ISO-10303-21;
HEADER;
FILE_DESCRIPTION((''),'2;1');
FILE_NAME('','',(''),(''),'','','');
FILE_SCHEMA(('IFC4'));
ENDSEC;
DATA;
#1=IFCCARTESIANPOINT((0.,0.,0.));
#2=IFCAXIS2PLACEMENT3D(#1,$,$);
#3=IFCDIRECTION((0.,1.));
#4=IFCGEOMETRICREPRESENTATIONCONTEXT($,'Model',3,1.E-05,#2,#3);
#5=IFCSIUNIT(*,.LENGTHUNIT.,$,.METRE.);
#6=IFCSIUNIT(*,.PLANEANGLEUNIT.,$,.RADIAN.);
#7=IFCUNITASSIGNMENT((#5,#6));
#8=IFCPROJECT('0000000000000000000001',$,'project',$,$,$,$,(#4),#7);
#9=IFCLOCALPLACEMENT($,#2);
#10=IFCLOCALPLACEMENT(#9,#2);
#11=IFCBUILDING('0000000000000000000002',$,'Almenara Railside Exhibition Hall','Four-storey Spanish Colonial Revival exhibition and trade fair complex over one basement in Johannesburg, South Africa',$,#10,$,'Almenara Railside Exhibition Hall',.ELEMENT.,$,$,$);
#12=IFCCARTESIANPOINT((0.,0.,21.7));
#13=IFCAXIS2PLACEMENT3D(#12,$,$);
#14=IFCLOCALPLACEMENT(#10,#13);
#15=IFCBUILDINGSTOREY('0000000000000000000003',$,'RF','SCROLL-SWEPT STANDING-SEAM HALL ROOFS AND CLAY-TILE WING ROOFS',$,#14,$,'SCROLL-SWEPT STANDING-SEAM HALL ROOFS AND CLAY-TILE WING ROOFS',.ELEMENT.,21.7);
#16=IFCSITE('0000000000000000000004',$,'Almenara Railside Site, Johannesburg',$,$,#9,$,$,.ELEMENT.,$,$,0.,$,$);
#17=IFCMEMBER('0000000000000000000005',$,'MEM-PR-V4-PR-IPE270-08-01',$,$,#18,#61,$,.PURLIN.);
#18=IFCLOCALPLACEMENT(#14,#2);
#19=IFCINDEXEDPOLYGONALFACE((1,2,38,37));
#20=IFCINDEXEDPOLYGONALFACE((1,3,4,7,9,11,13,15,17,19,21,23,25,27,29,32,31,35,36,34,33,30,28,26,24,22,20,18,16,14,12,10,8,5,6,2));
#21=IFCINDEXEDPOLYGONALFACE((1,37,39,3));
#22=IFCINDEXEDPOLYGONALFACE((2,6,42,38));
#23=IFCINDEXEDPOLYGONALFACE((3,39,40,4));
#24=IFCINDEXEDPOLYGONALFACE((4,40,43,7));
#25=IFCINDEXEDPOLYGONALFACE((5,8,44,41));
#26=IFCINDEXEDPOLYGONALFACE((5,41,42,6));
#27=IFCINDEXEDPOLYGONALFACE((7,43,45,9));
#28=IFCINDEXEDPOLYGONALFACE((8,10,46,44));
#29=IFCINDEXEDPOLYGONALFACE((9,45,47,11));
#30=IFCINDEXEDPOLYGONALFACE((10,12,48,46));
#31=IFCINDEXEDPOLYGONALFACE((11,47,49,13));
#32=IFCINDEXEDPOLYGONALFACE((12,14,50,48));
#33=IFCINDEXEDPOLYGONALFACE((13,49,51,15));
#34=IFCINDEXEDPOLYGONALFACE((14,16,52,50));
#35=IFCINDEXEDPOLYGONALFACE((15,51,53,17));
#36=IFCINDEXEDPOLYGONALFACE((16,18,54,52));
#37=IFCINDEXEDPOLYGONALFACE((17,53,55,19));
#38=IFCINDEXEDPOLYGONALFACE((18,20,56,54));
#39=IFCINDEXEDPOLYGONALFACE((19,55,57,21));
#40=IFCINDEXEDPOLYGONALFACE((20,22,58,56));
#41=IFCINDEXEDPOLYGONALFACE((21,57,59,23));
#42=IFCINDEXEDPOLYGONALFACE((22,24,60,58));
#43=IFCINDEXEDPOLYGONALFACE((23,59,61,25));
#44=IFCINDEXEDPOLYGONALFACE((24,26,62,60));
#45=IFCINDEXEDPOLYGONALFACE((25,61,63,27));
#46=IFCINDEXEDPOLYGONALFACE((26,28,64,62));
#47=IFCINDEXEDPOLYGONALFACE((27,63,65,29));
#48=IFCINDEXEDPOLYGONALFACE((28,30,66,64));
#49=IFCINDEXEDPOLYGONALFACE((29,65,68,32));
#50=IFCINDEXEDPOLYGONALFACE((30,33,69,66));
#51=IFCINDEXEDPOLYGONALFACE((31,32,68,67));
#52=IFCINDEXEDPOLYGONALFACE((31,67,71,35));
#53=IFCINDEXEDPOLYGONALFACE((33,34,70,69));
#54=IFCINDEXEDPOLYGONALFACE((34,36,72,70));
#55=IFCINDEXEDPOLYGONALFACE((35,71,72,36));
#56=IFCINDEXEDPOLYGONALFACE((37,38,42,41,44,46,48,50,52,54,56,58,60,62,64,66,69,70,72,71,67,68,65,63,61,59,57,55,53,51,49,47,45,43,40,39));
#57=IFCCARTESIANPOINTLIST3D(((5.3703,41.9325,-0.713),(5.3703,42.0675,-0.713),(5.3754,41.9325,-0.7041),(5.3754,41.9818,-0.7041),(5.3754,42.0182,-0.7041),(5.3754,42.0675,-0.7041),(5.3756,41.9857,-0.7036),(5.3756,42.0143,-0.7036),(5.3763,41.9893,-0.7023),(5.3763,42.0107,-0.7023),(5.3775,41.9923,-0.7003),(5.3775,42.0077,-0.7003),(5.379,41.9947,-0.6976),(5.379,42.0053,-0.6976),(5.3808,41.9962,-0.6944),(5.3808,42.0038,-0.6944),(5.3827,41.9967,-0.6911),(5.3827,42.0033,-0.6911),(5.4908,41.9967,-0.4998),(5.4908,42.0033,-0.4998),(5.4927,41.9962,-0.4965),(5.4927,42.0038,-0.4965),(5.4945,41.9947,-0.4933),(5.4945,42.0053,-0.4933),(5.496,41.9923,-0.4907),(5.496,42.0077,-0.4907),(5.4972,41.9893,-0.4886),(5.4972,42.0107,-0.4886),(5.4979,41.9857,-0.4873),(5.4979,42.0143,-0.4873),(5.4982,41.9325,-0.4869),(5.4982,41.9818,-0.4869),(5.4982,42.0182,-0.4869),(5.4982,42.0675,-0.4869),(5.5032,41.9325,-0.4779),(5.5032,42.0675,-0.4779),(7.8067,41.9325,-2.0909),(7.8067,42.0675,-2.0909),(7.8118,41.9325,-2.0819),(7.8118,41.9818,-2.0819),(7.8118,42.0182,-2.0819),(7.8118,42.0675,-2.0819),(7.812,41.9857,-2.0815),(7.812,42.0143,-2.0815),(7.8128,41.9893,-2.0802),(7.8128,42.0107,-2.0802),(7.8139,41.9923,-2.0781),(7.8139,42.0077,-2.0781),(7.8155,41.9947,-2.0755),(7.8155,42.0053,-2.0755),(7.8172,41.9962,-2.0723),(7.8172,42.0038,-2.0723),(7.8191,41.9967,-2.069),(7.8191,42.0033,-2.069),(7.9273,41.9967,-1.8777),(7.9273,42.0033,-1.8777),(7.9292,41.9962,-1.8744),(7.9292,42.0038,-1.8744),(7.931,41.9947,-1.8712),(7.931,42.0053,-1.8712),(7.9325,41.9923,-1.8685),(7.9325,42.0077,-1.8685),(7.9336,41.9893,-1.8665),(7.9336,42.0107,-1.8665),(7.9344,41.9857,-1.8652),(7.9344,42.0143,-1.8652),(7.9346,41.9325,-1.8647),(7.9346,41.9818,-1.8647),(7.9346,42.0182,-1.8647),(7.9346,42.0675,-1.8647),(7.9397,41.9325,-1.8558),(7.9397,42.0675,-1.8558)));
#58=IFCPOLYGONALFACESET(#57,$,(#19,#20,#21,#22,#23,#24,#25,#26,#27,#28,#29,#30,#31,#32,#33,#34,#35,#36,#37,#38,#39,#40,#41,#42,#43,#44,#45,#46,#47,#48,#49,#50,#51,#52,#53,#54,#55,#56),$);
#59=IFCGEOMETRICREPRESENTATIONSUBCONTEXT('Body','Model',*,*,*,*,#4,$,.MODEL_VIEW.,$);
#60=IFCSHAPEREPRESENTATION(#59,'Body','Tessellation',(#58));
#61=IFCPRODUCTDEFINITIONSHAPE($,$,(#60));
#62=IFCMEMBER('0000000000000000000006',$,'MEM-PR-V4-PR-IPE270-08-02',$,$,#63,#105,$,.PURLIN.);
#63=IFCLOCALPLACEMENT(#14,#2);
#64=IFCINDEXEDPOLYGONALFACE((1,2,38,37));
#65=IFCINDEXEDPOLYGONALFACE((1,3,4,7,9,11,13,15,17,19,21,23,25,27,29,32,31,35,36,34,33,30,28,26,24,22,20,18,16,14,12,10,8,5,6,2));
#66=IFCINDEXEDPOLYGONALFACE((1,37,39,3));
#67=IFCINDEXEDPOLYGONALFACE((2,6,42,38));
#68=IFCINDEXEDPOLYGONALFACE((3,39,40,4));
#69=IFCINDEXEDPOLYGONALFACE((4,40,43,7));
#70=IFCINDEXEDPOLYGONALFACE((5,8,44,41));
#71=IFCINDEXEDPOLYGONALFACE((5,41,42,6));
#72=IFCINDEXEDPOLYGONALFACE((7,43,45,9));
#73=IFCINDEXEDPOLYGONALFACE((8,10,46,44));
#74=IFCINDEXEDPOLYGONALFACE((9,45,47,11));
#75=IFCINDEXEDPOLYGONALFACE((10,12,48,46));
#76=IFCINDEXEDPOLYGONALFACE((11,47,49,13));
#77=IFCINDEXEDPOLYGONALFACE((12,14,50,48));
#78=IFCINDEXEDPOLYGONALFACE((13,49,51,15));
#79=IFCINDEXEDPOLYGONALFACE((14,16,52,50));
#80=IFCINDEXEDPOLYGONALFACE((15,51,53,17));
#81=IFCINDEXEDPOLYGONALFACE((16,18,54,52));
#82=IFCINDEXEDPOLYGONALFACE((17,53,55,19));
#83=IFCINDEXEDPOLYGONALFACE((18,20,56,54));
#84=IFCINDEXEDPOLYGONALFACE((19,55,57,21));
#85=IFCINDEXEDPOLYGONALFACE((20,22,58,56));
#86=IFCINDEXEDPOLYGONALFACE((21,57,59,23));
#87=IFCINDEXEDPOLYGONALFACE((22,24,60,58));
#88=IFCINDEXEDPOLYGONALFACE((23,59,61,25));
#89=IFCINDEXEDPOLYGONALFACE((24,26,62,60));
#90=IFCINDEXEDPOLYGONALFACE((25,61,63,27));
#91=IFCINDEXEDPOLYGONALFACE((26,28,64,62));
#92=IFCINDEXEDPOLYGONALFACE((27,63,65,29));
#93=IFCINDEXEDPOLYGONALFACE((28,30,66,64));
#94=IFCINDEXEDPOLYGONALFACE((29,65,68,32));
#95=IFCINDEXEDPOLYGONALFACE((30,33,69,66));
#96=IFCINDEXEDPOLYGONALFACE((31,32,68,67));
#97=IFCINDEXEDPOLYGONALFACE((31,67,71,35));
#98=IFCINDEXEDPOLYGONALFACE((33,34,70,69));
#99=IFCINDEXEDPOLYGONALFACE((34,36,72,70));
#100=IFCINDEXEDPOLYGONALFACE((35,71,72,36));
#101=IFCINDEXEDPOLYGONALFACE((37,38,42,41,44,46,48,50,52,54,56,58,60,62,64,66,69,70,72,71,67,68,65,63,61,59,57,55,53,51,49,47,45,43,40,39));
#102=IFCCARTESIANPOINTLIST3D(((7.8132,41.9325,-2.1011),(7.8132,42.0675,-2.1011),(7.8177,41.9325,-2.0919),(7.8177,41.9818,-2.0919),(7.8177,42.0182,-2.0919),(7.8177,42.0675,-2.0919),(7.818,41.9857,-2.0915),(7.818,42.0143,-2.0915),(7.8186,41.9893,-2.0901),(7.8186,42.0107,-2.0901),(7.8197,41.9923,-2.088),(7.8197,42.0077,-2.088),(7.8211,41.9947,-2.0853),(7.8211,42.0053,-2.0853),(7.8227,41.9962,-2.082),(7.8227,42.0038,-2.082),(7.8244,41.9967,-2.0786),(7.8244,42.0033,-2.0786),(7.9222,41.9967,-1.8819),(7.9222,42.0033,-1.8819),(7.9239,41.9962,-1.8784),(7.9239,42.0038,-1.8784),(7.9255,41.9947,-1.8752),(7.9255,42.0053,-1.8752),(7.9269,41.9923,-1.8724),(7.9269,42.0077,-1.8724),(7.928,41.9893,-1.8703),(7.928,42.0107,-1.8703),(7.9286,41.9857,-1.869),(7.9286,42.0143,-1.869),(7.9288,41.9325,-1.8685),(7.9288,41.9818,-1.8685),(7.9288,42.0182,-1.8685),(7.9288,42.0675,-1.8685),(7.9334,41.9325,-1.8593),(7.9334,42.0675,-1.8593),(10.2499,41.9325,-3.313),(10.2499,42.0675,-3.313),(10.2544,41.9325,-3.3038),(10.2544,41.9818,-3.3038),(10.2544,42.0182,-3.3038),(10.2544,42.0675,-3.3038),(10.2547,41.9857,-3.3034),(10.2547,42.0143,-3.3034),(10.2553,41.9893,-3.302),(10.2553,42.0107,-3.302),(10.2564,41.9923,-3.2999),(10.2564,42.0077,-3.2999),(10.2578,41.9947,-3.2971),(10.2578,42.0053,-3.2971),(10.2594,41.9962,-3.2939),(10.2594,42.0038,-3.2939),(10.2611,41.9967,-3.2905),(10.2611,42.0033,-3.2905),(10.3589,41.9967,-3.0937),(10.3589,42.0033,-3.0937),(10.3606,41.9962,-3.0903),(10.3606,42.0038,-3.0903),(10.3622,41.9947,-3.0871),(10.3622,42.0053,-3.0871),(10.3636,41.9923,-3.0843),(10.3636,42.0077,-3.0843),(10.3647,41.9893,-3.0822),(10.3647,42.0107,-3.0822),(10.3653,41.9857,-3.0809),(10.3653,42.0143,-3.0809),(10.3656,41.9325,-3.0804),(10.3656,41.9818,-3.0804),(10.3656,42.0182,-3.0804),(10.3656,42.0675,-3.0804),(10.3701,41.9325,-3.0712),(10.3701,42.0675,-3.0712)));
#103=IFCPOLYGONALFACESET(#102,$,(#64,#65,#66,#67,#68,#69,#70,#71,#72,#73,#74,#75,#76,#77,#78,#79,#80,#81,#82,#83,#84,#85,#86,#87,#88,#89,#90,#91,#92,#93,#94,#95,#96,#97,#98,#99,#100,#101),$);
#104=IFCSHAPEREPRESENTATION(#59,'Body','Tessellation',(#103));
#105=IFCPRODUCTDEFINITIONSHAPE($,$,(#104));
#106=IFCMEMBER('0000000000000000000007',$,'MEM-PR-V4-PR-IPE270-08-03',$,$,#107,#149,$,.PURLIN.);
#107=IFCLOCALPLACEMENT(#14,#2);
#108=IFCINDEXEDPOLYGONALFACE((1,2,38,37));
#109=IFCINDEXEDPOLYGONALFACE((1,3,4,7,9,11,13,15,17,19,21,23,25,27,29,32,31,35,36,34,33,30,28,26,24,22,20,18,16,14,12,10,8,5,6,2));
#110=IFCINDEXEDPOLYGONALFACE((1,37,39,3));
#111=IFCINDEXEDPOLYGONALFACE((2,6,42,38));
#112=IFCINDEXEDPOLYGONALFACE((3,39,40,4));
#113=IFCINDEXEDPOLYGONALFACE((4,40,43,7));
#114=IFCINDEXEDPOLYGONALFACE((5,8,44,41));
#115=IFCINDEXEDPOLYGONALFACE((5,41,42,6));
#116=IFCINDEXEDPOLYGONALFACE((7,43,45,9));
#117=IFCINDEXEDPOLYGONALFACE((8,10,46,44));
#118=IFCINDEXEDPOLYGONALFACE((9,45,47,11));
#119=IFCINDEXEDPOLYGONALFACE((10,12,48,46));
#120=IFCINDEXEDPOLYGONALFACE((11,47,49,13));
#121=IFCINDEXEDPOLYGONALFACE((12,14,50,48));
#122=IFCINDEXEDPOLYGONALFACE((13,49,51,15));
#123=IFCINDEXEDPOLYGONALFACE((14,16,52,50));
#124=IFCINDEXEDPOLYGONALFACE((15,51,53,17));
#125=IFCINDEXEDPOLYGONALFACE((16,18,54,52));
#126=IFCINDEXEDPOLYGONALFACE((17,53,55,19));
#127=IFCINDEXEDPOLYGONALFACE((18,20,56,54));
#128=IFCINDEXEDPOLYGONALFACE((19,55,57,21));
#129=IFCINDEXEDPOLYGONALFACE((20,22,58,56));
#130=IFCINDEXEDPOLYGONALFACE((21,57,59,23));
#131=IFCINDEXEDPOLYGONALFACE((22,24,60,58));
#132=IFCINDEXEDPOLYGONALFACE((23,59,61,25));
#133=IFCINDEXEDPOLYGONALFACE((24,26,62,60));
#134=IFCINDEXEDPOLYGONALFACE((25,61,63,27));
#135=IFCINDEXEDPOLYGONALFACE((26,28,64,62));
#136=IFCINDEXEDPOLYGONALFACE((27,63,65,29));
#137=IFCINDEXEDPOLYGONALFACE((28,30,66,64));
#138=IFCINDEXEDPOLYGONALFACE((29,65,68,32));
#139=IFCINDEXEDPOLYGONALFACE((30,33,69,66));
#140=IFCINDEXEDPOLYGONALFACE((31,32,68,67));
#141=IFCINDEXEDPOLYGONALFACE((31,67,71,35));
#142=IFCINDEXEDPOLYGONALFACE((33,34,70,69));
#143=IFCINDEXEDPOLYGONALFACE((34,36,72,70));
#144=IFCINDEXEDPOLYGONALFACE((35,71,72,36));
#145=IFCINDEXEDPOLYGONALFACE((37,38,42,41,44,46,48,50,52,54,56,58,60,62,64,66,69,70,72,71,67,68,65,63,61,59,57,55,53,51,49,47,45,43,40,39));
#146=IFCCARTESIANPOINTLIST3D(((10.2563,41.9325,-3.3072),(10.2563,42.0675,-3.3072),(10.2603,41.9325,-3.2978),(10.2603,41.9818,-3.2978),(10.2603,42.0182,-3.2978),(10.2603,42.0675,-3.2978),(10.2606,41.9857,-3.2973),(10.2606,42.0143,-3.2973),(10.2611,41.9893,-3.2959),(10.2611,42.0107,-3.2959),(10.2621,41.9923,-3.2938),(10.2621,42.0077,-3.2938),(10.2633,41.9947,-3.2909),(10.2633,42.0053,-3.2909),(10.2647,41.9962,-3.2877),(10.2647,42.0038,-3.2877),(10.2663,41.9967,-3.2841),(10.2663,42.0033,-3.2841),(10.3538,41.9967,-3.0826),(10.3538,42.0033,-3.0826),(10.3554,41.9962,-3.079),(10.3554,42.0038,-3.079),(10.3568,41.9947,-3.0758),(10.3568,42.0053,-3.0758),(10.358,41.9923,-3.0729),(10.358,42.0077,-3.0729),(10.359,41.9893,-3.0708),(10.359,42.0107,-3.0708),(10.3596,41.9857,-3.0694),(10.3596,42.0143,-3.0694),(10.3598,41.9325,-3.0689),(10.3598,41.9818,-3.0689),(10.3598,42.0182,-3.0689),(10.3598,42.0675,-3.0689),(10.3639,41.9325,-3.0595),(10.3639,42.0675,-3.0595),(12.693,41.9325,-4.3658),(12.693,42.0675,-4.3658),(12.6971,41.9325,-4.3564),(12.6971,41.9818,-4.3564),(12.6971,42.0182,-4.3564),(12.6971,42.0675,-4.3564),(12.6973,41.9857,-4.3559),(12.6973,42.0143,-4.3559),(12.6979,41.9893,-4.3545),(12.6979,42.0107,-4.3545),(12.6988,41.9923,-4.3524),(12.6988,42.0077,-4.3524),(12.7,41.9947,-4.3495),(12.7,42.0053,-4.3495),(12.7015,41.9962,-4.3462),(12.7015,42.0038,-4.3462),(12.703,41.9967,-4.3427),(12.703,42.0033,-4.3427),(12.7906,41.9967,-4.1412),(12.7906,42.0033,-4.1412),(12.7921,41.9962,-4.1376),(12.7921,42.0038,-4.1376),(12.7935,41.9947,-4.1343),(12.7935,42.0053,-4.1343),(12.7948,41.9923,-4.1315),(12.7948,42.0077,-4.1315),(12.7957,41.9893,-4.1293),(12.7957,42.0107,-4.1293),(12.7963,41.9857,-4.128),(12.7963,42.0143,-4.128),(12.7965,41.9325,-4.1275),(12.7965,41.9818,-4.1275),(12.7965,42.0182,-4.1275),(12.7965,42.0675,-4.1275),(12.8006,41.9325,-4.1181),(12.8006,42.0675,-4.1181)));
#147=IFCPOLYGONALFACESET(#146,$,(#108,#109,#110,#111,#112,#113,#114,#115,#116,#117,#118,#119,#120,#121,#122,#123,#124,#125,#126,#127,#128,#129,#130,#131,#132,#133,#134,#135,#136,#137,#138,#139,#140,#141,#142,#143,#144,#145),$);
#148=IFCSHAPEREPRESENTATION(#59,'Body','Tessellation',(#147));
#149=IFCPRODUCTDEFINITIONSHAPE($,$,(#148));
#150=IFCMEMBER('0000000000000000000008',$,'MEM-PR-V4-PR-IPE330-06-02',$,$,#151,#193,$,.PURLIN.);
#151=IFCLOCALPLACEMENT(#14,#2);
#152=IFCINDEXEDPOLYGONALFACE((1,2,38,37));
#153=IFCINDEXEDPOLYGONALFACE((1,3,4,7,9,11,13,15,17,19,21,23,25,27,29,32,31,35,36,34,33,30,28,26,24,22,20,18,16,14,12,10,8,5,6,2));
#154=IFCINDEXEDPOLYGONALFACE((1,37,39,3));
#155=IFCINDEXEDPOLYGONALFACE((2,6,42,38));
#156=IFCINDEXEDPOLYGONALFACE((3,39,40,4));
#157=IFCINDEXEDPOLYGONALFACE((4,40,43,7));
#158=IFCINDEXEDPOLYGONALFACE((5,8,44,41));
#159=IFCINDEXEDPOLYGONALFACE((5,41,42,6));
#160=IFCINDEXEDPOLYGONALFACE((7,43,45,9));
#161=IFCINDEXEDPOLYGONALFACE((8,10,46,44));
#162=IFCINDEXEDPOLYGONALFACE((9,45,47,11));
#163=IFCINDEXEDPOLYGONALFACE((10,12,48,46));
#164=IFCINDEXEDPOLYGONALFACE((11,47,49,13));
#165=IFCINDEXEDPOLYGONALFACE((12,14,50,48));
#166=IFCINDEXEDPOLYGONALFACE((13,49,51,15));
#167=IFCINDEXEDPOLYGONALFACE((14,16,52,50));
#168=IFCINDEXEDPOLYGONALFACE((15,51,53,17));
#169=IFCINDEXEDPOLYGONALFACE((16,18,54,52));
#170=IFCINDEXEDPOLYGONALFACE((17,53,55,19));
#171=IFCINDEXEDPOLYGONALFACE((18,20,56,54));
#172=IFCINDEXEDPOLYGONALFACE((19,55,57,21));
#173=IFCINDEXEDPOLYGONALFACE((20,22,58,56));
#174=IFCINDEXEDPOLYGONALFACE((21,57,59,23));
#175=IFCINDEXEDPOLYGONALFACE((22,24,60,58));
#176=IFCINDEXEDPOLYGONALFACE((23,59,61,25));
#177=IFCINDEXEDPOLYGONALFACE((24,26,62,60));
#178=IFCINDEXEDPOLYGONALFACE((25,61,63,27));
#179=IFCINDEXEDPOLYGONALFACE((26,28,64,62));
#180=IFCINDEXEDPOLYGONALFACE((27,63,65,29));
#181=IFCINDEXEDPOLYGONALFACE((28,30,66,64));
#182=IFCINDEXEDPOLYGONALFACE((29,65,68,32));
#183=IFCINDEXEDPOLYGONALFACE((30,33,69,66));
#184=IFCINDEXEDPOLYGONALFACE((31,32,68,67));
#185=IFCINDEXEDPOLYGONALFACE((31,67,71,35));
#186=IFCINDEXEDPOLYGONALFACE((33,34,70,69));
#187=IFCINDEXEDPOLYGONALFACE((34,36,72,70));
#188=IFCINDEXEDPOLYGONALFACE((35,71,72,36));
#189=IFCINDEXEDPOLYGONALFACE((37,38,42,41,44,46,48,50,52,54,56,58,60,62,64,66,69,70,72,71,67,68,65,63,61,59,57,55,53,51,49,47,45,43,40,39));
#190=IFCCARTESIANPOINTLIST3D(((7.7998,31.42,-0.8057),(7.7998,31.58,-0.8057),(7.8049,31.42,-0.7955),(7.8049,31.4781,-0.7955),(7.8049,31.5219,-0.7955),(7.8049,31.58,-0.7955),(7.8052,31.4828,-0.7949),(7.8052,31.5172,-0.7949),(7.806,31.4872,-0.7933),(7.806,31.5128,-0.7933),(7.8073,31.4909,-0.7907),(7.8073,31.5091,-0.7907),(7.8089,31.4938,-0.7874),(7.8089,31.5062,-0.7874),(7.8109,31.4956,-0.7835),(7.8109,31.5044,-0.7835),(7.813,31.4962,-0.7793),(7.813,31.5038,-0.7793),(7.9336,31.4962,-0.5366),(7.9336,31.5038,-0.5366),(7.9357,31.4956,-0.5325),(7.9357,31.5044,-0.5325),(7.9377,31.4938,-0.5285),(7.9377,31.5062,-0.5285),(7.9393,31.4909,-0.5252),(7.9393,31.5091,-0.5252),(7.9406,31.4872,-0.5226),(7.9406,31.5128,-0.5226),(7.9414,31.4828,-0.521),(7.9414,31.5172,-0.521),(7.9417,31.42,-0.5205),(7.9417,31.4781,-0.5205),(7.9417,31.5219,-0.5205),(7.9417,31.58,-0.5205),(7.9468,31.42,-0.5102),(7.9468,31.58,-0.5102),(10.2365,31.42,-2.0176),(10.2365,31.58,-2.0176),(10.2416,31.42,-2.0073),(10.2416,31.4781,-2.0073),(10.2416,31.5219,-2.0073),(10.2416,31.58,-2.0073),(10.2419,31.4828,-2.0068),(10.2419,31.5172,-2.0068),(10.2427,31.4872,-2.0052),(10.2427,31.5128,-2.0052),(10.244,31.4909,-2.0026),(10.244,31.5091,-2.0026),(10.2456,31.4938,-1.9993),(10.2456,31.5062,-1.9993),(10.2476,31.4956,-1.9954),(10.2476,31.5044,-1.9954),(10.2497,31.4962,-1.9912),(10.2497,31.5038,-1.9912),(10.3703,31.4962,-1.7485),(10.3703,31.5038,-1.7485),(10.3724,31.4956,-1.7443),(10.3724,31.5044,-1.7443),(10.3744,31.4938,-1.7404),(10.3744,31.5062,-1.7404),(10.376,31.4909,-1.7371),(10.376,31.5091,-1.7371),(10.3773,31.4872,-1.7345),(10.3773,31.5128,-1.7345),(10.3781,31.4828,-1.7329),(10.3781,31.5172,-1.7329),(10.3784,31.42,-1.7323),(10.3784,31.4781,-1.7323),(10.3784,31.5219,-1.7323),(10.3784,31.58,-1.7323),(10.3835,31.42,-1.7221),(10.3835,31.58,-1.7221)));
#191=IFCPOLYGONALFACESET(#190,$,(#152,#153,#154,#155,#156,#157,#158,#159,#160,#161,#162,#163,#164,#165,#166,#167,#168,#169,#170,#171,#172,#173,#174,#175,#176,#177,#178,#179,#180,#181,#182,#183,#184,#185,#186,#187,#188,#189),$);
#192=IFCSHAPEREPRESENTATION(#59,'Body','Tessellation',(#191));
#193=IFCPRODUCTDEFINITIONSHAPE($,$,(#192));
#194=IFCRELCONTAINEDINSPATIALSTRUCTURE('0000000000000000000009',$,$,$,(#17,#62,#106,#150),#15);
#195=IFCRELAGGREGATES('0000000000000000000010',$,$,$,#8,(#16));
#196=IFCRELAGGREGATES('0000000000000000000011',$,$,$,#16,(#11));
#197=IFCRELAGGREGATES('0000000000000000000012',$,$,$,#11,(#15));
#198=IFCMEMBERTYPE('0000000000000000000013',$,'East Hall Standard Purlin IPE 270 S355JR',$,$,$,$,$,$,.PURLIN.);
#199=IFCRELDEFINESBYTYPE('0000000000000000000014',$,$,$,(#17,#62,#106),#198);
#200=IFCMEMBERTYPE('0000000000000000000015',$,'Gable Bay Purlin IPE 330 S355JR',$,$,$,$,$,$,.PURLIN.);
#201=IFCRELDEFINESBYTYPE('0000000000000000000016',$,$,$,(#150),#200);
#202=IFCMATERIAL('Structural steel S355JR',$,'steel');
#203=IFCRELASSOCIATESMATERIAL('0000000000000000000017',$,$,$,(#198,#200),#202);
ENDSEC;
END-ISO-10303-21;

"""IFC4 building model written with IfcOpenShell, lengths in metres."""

from ifc_helpers import new_model, si_unit, direction, frame, origin, origin_2d, place, context, subcontext, project, spatial, i_section, extrude, material, material_profile, profile_set, type_object, element, save


model = new_model("IFC4")

# Units and contexts
model_context = context("Model", 3, precision=1e-05, world=origin(), true_north=direction((0.0, 1.0)))
body_context = subcontext(model_context, "Body", "Model", "MODEL_VIEW")
ifc_project = project(units=[si_unit("LENGTHUNIT", "METRE"), si_unit("PLANEANGLEUNIT", "RADIAN")], contexts=[model_context])

# Site, building, storey
site_placement = place(None, origin())
site = spatial("IfcSite", under=ifc_project, at=site_placement, Name="Almenara Railside Site, Johannesburg", CompositionType="ELEMENT", RefElevation=0.0)
building_placement = place(site_placement, origin())
building = spatial("IfcBuilding", under=site, at=building_placement, Name="Almenara Railside Exhibition Hall", Description="Four-storey Spanish Colonial Revival exhibition and trade fair complex over one basement in Johannesburg, South Africa", LongName="Almenara Railside Exhibition Hall", CompositionType="ELEMENT")
storey_placement = place(building_placement, frame((0.0, 0.0, 21.7)))
storey = spatial("IfcBuildingStorey", under=building, at=storey_placement, Name="RF", Description="SCROLL-SWEPT STANDING-SEAM HALL ROOFS AND CLAY-TILE WING ROOFS", LongName="SCROLL-SWEPT STANDING-SEAM HALL ROOFS AND CLAY-TILE WING ROOFS", CompositionType="ELEMENT", Elevation=21.7)

# Shared definitions
ifc_material_1 = material(Name="Structural steel S355JR", Category="steel")

# Members
ifc_material_profile_1 = material_profile(ifc_material_1, i_section(OverallWidth=0.135, OverallDepth=0.27, WebThickness=0.0066, FlangeThickness=0.0103, FilletRadius=0.0149, at=origin_2d()), Name="IPE 270")
ifc_profile_set_1 = profile_set([ifc_material_profile_1], Name="Structural steel S355JR")
member_type_1 = type_object("IfcMemberType", Name="East Hall Standard Purlin IPE 270 S355JR", PredefinedType="PURLIN", material=ifc_profile_set_1)
member_1_placement = place(storey_placement, frame((5.4368, 42.0, -0.5955), z_axis=(0.870446, 0.0, -0.492264), x_axis=(0.0, 1.0, 0.0)))
element("IfcMember", 1, at=member_1_placement, inside=storey, type_object=member_type_1, Name="MEM-PR-V4-PR-IPE270-08-01", PredefinedType="PURLIN", context=body_context, shape_type="SweptSolid", body=[
    extrude(i_section(OverallWidth=0.135, OverallDepth=0.27, WebThickness=0.0066, FlangeThickness=0.0103, FilletRadius=0.0149, at=origin_2d()), origin(), (0.0, 0.0, 1.0), 2.7991),
])
member_2_placement = place(storey_placement, frame((7.8733, 42.0, -1.9802), z_axis=(0.895376, 0.0, -0.445311), x_axis=(0.0, 1.0, 0.0)))
element("IfcMember", 2, at=member_2_placement, inside=storey, type_object=member_type_1, Name="MEM-PR-V4-PR-IPE270-08-02", PredefinedType="PURLIN", context=body_context, shape_type="SweptSolid", body=[
    extrude(i_section(OverallWidth=0.135, OverallDepth=0.27, WebThickness=0.0066, FlangeThickness=0.0103, FilletRadius=0.0149, at=origin_2d()), origin(), (0.0, 0.0, 1.0), 2.7214),
])
member_3_placement = place(storey_placement, frame((10.3101, 42.0, -3.1833), z_axis=(0.91719, 0.0, -0.398451), x_axis=(0.0, 1.0, 0.0)))
element("IfcMember", 3, at=member_3_placement, inside=storey, type_object=member_type_1, Name="MEM-PR-V4-PR-IPE270-08-03", PredefinedType="PURLIN", context=body_context, shape_type="SweptSolid", body=[
    extrude(i_section(OverallWidth=0.135, OverallDepth=0.27, WebThickness=0.0066, FlangeThickness=0.0103, FilletRadius=0.0149, at=origin_2d()), origin(), (0.0, 0.0, 1.0), 2.6567),
])
ifc_material_profile_2 = material_profile(ifc_material_1, i_section(OverallWidth=0.1599, OverallDepth=0.3301, WebThickness=0.0076, FlangeThickness=0.0115, FilletRadius=0.0181, at=origin_2d()), Name="IPE 330")
ifc_profile_set_2 = profile_set([ifc_material_profile_2], Name="Structural steel S355JR")
member_type_2 = type_object("IfcMemberType", Name="Gable Bay Purlin IPE 330 S355JR", PredefinedType="PURLIN", material=ifc_profile_set_2)
member_4_placement = place(storey_placement, frame((7.8733, 31.5, -0.658), z_axis=(0.895376, 0.0, -0.445311), x_axis=(0.0, 1.0, 0.0)))
element("IfcMember", 4, at=member_4_placement, inside=storey, type_object=member_type_2, Name="MEM-PR-V4-PR-IPE330-06-02", PredefinedType="PURLIN", context=body_context, shape_type="SweptSolid", body=[
    extrude(i_section(OverallWidth=0.1599, OverallDepth=0.3301, WebThickness=0.0076, FlangeThickness=0.0115, FilletRadius=0.0181, at=origin_2d()), origin(), (0.0, 0.0, 1.0), 2.7214),
])

save(model, "model.ifc")
